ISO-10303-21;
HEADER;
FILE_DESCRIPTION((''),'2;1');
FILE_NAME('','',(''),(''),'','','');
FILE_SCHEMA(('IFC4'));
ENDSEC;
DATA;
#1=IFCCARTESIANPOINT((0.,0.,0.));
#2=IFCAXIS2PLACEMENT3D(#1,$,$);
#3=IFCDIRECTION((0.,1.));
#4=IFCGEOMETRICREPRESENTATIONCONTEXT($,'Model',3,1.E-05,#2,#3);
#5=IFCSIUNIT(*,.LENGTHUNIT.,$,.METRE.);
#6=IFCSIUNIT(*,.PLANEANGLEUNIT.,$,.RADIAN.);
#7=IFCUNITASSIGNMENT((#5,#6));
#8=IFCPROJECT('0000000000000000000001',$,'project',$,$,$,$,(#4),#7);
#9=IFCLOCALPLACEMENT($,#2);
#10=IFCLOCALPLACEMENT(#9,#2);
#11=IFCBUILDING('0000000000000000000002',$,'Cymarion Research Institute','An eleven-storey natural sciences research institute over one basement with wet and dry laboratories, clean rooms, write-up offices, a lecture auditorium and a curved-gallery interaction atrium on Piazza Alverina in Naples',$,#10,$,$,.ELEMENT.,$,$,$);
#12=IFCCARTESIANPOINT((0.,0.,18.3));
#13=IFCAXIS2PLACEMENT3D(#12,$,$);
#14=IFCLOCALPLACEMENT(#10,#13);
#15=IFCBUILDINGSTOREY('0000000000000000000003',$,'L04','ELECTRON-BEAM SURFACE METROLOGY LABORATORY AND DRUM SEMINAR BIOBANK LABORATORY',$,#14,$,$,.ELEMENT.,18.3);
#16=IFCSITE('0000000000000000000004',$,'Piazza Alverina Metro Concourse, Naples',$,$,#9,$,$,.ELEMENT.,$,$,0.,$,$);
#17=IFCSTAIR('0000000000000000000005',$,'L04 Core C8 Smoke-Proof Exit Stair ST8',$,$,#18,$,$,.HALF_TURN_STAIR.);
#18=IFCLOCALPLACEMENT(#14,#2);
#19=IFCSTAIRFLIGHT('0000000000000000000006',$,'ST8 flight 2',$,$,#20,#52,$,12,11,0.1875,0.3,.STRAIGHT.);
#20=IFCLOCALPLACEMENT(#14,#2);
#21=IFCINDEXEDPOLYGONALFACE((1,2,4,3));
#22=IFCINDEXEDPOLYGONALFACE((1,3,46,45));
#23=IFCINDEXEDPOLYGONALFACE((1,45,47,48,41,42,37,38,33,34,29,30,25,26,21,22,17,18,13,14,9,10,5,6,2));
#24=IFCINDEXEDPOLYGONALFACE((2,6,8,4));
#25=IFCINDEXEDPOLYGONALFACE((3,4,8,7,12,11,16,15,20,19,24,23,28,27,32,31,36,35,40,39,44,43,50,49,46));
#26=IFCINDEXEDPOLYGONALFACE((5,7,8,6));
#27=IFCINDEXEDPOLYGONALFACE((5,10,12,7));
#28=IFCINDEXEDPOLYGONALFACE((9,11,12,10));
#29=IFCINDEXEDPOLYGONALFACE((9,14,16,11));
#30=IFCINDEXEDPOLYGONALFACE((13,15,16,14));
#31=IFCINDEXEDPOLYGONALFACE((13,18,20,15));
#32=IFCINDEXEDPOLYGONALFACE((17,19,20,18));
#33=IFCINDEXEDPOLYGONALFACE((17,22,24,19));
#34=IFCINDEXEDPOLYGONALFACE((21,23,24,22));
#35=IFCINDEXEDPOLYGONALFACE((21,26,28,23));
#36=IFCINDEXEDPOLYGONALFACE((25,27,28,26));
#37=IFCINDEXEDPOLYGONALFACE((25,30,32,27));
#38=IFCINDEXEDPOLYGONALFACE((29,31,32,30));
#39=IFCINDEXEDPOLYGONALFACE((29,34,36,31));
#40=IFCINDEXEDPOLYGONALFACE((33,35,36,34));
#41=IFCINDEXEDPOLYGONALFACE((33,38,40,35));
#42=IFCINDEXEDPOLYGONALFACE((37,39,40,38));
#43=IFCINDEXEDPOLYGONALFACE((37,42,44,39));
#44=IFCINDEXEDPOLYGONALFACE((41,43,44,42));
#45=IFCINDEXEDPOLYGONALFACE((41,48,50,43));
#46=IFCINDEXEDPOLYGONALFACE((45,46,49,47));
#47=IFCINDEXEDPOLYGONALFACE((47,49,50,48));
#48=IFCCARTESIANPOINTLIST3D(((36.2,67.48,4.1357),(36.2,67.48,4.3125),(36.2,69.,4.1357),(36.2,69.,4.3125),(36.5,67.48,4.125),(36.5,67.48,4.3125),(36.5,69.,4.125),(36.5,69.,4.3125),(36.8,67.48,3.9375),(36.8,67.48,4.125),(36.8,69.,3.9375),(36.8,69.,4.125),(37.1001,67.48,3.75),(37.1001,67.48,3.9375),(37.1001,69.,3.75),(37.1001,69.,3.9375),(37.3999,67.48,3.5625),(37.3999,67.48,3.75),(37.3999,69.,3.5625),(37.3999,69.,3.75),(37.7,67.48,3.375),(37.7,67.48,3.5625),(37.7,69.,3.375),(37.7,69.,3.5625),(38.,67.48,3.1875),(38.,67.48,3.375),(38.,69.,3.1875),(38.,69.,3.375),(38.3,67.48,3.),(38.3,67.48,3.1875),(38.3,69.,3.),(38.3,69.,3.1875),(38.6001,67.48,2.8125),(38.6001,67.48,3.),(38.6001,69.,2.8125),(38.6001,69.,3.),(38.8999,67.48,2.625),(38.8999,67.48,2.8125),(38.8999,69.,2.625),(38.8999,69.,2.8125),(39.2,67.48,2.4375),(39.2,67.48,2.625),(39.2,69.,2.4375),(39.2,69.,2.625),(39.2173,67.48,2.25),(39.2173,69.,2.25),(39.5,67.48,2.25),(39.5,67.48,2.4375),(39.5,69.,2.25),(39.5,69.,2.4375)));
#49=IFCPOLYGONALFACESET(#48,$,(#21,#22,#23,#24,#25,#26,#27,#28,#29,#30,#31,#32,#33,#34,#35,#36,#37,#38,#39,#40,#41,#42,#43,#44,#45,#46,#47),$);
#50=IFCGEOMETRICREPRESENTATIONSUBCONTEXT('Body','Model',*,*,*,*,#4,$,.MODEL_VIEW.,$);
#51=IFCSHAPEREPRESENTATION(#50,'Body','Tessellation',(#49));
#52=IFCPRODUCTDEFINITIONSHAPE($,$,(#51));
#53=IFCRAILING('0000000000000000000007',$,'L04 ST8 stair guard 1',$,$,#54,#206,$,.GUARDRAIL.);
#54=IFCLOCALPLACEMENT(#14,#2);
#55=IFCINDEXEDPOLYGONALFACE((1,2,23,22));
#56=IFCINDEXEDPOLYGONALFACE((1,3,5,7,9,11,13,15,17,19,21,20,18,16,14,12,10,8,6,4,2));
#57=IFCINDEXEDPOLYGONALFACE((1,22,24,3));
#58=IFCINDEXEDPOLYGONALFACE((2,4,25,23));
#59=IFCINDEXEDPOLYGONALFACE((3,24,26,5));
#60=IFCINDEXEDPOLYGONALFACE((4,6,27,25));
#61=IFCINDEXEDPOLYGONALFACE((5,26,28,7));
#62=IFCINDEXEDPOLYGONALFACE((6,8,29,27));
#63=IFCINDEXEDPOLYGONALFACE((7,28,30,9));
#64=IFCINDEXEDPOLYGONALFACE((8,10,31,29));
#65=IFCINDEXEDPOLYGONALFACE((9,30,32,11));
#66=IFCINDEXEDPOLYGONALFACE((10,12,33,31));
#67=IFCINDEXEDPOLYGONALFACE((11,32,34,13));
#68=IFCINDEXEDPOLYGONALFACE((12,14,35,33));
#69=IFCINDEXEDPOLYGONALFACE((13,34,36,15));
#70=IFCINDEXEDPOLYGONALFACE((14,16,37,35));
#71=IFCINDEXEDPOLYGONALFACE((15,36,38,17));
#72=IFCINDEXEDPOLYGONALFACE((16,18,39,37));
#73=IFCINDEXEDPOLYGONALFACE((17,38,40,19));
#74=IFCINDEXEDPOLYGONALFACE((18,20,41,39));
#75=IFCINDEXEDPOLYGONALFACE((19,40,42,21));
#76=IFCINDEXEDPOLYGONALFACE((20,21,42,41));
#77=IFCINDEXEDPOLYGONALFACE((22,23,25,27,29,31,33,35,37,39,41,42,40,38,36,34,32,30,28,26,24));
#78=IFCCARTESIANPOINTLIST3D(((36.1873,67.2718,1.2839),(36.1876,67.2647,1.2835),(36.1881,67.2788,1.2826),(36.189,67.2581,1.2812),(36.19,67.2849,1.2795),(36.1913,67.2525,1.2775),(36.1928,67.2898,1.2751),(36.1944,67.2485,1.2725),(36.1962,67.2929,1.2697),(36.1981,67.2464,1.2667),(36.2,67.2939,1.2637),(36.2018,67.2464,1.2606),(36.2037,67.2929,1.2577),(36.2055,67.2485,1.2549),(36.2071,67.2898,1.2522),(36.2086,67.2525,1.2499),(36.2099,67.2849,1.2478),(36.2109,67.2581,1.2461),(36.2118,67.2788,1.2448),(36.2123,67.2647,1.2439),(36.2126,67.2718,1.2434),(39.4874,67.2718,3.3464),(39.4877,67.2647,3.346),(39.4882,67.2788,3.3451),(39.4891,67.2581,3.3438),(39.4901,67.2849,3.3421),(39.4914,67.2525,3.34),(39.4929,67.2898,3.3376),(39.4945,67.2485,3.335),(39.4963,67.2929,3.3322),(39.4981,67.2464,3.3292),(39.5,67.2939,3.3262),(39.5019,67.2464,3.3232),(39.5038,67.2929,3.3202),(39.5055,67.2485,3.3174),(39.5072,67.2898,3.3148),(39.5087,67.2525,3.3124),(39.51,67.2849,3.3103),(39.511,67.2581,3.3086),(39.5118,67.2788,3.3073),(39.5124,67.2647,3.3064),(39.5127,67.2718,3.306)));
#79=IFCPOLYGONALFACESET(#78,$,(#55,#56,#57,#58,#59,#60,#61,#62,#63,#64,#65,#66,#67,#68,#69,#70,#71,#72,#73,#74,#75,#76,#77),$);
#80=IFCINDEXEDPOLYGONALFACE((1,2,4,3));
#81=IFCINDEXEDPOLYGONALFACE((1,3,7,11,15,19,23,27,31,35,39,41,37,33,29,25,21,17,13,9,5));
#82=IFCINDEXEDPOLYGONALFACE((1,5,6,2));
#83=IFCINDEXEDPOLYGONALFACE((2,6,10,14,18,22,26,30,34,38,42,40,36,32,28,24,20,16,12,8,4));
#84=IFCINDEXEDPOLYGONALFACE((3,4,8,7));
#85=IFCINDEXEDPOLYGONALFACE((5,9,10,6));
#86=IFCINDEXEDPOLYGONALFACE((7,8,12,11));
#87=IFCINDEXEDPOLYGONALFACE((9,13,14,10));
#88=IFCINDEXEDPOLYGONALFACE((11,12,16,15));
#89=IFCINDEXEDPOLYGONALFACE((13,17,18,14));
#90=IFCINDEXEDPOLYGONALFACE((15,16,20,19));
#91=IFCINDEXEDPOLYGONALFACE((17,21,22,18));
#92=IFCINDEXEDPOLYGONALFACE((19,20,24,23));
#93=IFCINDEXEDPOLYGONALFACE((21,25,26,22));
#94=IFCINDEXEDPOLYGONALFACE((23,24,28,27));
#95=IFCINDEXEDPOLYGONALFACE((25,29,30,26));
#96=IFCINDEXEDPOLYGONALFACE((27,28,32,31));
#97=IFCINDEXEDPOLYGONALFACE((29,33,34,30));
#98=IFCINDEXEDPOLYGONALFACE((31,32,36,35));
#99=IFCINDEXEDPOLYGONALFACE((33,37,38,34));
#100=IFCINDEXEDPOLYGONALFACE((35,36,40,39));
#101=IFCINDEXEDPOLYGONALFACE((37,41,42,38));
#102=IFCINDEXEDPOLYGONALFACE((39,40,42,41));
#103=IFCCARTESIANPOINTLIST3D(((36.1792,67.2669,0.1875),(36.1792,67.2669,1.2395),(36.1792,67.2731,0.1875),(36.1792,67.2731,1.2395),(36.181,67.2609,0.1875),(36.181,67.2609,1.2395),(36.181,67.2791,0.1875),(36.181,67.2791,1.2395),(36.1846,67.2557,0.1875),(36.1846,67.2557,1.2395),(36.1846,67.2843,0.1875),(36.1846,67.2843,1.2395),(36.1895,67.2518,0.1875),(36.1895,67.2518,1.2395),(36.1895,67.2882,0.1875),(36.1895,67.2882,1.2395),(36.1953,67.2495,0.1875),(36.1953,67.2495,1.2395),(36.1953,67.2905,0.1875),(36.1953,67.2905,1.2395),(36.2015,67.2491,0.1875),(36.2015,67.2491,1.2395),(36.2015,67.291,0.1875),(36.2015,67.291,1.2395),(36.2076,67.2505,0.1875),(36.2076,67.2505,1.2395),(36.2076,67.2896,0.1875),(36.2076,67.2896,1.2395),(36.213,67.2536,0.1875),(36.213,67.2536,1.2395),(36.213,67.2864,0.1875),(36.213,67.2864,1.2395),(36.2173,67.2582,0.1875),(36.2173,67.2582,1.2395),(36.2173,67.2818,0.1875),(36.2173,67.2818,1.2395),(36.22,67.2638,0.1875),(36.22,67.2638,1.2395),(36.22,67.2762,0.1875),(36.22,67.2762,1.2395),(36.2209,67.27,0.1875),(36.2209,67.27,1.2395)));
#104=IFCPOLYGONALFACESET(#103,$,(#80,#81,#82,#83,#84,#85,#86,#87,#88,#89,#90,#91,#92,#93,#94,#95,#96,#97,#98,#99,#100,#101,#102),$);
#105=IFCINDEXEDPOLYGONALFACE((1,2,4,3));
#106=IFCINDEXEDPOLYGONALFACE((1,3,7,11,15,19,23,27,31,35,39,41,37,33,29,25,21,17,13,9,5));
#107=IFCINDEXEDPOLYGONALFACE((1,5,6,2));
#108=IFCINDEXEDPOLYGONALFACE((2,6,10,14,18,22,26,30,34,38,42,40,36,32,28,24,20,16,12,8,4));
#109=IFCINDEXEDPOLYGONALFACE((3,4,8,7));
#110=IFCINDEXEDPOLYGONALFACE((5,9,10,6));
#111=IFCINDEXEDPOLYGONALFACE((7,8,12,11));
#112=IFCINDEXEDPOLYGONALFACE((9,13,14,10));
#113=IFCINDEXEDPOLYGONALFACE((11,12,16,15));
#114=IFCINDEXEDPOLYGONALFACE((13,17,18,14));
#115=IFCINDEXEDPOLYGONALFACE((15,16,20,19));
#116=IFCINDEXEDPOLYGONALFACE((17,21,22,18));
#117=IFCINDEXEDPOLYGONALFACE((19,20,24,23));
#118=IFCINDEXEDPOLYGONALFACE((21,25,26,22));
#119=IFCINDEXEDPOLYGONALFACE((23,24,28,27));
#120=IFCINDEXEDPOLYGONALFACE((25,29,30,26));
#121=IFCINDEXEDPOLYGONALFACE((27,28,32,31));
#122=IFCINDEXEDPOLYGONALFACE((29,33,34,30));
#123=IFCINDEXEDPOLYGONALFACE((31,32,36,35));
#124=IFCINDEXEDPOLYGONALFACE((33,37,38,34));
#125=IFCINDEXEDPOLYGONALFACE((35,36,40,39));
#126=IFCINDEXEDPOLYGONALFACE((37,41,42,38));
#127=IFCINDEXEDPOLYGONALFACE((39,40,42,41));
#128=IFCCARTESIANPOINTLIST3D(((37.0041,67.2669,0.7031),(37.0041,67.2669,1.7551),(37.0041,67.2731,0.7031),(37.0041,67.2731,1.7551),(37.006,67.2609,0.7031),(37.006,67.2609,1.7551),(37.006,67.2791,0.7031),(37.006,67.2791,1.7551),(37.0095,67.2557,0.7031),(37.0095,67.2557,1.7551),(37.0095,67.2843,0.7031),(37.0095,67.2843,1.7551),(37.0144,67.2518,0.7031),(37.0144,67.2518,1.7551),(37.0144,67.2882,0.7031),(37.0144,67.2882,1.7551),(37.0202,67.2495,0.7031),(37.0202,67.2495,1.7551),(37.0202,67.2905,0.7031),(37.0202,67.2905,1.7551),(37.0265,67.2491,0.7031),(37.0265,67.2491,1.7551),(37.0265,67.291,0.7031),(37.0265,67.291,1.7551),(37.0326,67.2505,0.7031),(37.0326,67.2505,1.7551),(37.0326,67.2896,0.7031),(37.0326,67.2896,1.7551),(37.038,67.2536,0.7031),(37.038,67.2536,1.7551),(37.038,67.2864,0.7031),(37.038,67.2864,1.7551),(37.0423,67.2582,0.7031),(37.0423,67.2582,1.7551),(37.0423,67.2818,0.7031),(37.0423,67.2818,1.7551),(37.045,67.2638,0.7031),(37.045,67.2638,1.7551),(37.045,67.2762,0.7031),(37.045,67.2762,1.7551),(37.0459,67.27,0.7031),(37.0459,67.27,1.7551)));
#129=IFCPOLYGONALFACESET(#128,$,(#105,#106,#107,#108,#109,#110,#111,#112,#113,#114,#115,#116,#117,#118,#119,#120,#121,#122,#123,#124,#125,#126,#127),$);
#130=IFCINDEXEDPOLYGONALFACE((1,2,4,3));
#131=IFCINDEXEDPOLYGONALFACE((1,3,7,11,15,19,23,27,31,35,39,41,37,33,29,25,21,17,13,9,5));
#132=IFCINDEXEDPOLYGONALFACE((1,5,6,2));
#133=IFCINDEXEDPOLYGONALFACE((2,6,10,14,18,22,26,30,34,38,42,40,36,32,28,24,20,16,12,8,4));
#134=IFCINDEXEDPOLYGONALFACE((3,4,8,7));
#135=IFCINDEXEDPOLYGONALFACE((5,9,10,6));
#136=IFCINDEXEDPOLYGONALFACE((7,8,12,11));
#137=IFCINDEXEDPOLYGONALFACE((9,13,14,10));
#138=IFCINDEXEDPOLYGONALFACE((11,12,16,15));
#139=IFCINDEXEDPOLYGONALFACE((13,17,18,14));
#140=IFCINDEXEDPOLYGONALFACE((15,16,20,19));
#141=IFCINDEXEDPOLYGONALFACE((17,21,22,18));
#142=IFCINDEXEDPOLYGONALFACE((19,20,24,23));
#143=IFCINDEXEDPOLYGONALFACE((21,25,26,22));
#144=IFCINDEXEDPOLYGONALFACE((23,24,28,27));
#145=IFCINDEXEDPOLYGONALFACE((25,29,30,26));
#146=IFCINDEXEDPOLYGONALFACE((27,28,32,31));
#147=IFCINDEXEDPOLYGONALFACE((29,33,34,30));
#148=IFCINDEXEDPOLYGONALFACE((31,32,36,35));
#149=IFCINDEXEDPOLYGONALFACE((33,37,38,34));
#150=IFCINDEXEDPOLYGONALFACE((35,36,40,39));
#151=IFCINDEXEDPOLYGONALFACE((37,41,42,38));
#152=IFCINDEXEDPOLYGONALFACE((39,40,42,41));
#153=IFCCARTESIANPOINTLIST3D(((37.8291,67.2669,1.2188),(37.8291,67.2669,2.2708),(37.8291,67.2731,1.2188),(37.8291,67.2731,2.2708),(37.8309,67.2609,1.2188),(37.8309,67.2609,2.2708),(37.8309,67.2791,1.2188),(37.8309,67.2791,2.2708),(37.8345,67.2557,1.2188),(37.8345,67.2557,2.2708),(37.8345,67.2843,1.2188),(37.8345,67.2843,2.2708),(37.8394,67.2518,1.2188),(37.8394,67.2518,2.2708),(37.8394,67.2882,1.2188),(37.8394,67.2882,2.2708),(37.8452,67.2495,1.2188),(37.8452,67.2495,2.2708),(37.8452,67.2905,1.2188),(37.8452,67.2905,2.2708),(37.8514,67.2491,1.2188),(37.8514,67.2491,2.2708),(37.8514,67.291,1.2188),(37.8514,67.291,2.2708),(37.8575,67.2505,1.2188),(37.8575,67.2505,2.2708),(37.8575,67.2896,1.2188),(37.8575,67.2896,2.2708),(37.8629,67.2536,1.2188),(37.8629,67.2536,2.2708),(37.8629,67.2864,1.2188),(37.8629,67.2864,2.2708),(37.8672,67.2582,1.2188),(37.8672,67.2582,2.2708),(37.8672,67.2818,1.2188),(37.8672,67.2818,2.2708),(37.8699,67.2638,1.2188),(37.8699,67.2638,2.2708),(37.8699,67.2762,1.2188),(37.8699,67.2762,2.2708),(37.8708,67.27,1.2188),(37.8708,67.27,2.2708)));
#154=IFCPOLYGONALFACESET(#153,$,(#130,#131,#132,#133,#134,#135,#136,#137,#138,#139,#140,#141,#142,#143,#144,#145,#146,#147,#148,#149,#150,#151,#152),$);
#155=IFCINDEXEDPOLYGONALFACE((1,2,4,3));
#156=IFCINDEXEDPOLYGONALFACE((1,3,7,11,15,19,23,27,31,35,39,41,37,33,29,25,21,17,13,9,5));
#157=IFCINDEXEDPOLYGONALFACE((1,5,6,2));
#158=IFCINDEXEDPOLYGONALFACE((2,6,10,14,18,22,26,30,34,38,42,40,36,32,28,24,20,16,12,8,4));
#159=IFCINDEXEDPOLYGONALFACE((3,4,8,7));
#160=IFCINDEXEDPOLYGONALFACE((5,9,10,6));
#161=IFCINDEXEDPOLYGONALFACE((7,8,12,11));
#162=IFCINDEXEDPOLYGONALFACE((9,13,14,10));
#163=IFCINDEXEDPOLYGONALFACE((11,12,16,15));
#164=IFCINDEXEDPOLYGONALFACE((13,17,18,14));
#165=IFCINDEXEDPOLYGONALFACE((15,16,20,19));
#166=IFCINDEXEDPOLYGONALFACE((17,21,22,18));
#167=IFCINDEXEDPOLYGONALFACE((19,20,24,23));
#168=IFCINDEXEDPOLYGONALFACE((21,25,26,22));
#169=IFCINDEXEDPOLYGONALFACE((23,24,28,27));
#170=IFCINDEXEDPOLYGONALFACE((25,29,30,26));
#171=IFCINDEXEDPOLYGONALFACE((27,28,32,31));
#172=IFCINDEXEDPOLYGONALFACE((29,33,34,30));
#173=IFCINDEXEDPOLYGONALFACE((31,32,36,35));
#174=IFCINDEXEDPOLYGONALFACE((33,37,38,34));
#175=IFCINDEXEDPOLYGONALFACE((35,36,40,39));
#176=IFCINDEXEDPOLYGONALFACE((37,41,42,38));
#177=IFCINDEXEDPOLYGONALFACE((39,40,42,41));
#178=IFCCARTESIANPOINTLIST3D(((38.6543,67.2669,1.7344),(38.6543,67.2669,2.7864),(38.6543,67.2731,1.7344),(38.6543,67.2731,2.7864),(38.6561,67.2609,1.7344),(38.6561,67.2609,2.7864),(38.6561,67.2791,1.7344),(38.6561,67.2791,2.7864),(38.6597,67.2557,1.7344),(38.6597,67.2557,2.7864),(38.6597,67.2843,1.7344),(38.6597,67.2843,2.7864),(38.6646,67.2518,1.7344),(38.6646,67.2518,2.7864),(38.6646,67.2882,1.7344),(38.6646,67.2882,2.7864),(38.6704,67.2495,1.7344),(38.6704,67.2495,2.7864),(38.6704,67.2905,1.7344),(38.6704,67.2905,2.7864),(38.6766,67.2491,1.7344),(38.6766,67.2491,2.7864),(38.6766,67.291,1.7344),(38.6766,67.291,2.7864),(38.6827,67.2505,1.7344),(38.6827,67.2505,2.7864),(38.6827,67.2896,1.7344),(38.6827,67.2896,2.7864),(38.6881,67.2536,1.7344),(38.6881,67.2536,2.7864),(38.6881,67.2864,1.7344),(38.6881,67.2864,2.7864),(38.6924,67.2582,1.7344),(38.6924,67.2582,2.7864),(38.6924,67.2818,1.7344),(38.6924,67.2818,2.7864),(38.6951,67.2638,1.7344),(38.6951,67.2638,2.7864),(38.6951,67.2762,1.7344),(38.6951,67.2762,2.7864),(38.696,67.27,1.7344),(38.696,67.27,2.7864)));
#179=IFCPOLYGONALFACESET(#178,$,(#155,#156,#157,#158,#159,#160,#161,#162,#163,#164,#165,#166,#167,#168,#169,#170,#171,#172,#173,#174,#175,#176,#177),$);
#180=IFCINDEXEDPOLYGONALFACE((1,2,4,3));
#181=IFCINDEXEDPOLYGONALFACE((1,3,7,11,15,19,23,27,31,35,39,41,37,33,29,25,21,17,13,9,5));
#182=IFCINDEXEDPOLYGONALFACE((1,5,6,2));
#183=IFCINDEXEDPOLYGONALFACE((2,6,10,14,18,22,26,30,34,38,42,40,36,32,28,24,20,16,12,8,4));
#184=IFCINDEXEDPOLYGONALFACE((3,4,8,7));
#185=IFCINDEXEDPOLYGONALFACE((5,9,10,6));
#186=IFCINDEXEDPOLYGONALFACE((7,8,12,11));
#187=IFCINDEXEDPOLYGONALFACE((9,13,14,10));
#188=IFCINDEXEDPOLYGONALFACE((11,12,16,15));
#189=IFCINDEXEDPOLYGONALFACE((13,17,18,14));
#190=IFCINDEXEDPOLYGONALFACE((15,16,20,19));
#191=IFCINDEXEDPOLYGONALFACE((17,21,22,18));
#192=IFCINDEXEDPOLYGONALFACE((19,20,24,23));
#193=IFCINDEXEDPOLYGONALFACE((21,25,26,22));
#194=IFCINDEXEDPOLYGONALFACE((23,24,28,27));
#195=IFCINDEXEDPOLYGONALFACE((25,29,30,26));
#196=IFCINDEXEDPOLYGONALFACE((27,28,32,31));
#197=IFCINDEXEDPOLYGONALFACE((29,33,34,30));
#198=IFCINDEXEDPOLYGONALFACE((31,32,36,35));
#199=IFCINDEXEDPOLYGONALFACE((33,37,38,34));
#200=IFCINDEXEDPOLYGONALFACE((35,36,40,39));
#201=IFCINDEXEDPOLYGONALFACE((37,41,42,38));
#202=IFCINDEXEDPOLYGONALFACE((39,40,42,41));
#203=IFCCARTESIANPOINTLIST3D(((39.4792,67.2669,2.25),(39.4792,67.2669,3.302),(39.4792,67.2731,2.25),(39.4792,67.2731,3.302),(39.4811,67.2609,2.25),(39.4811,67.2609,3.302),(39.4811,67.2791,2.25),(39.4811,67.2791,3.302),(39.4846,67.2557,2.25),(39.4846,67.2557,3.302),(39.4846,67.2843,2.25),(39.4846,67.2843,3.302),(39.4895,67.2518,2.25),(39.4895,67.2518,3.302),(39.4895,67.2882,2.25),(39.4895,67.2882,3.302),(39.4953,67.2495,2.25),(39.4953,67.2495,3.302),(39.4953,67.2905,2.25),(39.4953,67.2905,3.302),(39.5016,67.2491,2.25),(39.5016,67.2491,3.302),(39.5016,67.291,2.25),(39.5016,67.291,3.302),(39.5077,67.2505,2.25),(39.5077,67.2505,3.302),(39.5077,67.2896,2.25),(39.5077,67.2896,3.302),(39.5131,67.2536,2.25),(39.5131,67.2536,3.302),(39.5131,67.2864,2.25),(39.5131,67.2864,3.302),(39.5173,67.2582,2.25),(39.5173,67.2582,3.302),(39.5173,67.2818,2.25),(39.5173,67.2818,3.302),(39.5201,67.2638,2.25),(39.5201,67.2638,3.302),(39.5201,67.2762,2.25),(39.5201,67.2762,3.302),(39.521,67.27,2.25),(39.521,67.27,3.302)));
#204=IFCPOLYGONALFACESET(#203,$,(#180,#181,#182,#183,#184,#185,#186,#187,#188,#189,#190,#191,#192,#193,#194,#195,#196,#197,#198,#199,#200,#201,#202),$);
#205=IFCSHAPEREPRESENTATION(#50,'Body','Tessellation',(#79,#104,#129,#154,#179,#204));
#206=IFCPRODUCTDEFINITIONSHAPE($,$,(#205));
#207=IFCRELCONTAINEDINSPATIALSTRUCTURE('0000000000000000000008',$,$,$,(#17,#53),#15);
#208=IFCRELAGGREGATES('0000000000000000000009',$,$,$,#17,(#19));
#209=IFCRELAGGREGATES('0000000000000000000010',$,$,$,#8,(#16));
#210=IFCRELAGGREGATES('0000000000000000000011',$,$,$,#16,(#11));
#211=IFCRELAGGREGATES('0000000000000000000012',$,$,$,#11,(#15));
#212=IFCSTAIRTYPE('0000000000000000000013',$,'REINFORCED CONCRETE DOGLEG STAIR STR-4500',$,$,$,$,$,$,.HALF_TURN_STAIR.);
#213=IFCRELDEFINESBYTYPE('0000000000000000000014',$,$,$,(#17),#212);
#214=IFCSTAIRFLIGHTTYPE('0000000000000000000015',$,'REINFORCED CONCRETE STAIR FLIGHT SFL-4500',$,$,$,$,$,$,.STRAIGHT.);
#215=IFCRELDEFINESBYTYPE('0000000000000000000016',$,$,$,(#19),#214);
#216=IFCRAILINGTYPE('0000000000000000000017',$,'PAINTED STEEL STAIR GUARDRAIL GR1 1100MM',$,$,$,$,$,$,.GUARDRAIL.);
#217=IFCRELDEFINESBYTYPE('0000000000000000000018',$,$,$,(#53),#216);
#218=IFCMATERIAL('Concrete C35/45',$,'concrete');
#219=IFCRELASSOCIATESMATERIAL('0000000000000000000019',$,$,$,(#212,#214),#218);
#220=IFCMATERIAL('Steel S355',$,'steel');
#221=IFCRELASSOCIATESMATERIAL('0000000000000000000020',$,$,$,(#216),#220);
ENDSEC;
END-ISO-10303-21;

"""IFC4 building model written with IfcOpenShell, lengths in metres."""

from ifc_helpers import new_model, si_unit, direction, frame, origin, origin_2d, place, context, subcontext, project, spatial, polyline, circle, outline, extrude, material, type_object, element, aggregate, save


model = new_model("IFC4")

# Units and contexts
model_context = context("Model", 3, precision=1e-05, world=origin(), true_north=direction((0.0, 1.0)))
body_context = subcontext(model_context, "Body", "Model", "MODEL_VIEW")
ifc_project = project(units=[si_unit("LENGTHUNIT", "METRE"), si_unit("PLANEANGLEUNIT", "RADIAN")], contexts=[model_context])

# Site, building, storey
site_placement = place(None, origin())
site = spatial("IfcSite", under=ifc_project, at=site_placement, Name="Piazza Alverina Metro Concourse, Naples", CompositionType="ELEMENT", RefElevation=0.0)
building_placement = place(site_placement, origin())
building = spatial("IfcBuilding", under=site, at=building_placement, Name="Cymarion Research Institute", Description="An eleven-storey natural sciences research institute over one basement with wet and dry laboratories, clean rooms, write-up offices, a lecture auditorium and a curved-gallery interaction atrium on Piazza Alverina in Naples", CompositionType="ELEMENT")
storey_placement = place(building_placement, frame((0.0, 0.0, 18.3)))
storey = spatial("IfcBuildingStorey", under=building, at=storey_placement, Name="L04", Description="ELECTRON-BEAM SURFACE METROLOGY LABORATORY AND DRUM SEMINAR BIOBANK LABORATORY", CompositionType="ELEMENT", Elevation=18.3)

# Shared definitions
ifc_material_1 = material(Name="Steel S355", Category="steel")

# Stair, stair flight
ifc_material_2 = material(Name="Concrete C35/45", Category="concrete")
stair_type = type_object("IfcStairType", Name="REINFORCED CONCRETE DOGLEG STAIR STR-4500", PredefinedType="HALF_TURN_STAIR", material=ifc_material_2)
stair_placement = place(storey_placement, origin())
stair = element("IfcStair", 1, at=stair_placement, inside=storey, type_object=stair_type, Name="L04 Core C8 Smoke-Proof Exit Stair ST8", PredefinedType="HALF_TURN_STAIR")
stair_flight_type = type_object("IfcStairFlightType", Name="REINFORCED CONCRETE STAIR FLIGHT SFL-4500", PredefinedType="STRAIGHT", material=ifc_material_2)
stair_flight_1_placement = place(storey_placement, frame((39.5, 68.24, 2.25), z_axis=(0.0, 0.0, 1.0), x_axis=(-1.0, 0.0, 0.0)))
stair_flight_1 = element("IfcStairFlight", 2, at=stair_flight_1_placement, type_object=stair_flight_type, Name="ST8 flight 2", NumberOfRisers=12, NumberOfTreads=11, PredefinedType="STRAIGHT", RiserHeight=0.1875, TreadLength=0.3, context=body_context, shape_type="SweptSolid", body=[
    extrude(outline(polyline([(0.0, 0.0), (0.0, 0.1875), (0.3, 0.1875), (0.3, 0.375), (0.6001, 0.375), (0.6001, 0.5625), (0.8999, 0.5625), (0.8999, 0.75), (1.2, 0.75), (1.2, 0.9375), (1.5, 0.9375), (1.5, 1.125), (1.8, 1.125), (1.8, 1.3125), (2.1001, 1.3125), (2.1001, 1.5), (2.3999, 1.5), (2.3999, 1.6875), (2.7, 1.6875), (2.7, 1.875), (3.0, 1.875), (3.0, 2.0625), (3.3, 2.0625), (3.3, 2.25), (3.3, 1.8857), (0.2827, 0.0), (0.0, 0.0)])), frame((0.0, 0.76, 0.0), z_axis=(0.0, -1.0, 0.0), x_axis=(1.0, 0.0, 0.0)), (0.0, 0.0, 1.0), 1.52),
])
aggregate(stair, [stair_flight_1])

# Railing
railing_type_1 = type_object("IfcRailingType", Name="PAINTED STEEL STAIR GUARDRAIL GR1 1100MM", PredefinedType="GUARDRAIL", material=ifc_material_1)
railing_1_placement = place(storey_placement, frame((36.2, 67.27, 0.1875)))
element("IfcRailing", 3, at=railing_1_placement, inside=storey, type_object=railing_type_1, Name="L04 ST8 stair guard 1", PredefinedType="GUARDRAIL", context=body_context, shape_type="SweptSolid", body=[
    extrude(circle(Radius=0.0239, at=origin_2d()), frame((0.0, 0.0, 1.0762), z_axis=(0.848002, 0.0, 0.529993), x_axis=(0.0, 1.0, 0.0)), (0.0, 0.0, 1.0), 3.8916),
    extrude(circle(Radius=0.021, at=origin_2d()), origin(), (0.0, 0.0, 1.0), 1.052),
    extrude(circle(Radius=0.021, at=origin_2d()), frame((0.825, 0.0, 0.5156)), (0.0, 0.0, 1.0), 1.052),
    extrude(circle(Radius=0.021, at=origin_2d()), frame((1.6499, 0.0, 1.0312)), (0.0, 0.0, 1.0), 1.052),
    extrude(circle(Radius=0.021, at=origin_2d()), frame((2.4751, 0.0, 1.5469)), (0.0, 0.0, 1.0), 1.052),
    extrude(circle(Radius=0.021, at=origin_2d()), frame((3.3, 0.0, 2.0625)), (0.0, 0.0, 1.0), 1.052),
])

save(model, "model.ifc")
